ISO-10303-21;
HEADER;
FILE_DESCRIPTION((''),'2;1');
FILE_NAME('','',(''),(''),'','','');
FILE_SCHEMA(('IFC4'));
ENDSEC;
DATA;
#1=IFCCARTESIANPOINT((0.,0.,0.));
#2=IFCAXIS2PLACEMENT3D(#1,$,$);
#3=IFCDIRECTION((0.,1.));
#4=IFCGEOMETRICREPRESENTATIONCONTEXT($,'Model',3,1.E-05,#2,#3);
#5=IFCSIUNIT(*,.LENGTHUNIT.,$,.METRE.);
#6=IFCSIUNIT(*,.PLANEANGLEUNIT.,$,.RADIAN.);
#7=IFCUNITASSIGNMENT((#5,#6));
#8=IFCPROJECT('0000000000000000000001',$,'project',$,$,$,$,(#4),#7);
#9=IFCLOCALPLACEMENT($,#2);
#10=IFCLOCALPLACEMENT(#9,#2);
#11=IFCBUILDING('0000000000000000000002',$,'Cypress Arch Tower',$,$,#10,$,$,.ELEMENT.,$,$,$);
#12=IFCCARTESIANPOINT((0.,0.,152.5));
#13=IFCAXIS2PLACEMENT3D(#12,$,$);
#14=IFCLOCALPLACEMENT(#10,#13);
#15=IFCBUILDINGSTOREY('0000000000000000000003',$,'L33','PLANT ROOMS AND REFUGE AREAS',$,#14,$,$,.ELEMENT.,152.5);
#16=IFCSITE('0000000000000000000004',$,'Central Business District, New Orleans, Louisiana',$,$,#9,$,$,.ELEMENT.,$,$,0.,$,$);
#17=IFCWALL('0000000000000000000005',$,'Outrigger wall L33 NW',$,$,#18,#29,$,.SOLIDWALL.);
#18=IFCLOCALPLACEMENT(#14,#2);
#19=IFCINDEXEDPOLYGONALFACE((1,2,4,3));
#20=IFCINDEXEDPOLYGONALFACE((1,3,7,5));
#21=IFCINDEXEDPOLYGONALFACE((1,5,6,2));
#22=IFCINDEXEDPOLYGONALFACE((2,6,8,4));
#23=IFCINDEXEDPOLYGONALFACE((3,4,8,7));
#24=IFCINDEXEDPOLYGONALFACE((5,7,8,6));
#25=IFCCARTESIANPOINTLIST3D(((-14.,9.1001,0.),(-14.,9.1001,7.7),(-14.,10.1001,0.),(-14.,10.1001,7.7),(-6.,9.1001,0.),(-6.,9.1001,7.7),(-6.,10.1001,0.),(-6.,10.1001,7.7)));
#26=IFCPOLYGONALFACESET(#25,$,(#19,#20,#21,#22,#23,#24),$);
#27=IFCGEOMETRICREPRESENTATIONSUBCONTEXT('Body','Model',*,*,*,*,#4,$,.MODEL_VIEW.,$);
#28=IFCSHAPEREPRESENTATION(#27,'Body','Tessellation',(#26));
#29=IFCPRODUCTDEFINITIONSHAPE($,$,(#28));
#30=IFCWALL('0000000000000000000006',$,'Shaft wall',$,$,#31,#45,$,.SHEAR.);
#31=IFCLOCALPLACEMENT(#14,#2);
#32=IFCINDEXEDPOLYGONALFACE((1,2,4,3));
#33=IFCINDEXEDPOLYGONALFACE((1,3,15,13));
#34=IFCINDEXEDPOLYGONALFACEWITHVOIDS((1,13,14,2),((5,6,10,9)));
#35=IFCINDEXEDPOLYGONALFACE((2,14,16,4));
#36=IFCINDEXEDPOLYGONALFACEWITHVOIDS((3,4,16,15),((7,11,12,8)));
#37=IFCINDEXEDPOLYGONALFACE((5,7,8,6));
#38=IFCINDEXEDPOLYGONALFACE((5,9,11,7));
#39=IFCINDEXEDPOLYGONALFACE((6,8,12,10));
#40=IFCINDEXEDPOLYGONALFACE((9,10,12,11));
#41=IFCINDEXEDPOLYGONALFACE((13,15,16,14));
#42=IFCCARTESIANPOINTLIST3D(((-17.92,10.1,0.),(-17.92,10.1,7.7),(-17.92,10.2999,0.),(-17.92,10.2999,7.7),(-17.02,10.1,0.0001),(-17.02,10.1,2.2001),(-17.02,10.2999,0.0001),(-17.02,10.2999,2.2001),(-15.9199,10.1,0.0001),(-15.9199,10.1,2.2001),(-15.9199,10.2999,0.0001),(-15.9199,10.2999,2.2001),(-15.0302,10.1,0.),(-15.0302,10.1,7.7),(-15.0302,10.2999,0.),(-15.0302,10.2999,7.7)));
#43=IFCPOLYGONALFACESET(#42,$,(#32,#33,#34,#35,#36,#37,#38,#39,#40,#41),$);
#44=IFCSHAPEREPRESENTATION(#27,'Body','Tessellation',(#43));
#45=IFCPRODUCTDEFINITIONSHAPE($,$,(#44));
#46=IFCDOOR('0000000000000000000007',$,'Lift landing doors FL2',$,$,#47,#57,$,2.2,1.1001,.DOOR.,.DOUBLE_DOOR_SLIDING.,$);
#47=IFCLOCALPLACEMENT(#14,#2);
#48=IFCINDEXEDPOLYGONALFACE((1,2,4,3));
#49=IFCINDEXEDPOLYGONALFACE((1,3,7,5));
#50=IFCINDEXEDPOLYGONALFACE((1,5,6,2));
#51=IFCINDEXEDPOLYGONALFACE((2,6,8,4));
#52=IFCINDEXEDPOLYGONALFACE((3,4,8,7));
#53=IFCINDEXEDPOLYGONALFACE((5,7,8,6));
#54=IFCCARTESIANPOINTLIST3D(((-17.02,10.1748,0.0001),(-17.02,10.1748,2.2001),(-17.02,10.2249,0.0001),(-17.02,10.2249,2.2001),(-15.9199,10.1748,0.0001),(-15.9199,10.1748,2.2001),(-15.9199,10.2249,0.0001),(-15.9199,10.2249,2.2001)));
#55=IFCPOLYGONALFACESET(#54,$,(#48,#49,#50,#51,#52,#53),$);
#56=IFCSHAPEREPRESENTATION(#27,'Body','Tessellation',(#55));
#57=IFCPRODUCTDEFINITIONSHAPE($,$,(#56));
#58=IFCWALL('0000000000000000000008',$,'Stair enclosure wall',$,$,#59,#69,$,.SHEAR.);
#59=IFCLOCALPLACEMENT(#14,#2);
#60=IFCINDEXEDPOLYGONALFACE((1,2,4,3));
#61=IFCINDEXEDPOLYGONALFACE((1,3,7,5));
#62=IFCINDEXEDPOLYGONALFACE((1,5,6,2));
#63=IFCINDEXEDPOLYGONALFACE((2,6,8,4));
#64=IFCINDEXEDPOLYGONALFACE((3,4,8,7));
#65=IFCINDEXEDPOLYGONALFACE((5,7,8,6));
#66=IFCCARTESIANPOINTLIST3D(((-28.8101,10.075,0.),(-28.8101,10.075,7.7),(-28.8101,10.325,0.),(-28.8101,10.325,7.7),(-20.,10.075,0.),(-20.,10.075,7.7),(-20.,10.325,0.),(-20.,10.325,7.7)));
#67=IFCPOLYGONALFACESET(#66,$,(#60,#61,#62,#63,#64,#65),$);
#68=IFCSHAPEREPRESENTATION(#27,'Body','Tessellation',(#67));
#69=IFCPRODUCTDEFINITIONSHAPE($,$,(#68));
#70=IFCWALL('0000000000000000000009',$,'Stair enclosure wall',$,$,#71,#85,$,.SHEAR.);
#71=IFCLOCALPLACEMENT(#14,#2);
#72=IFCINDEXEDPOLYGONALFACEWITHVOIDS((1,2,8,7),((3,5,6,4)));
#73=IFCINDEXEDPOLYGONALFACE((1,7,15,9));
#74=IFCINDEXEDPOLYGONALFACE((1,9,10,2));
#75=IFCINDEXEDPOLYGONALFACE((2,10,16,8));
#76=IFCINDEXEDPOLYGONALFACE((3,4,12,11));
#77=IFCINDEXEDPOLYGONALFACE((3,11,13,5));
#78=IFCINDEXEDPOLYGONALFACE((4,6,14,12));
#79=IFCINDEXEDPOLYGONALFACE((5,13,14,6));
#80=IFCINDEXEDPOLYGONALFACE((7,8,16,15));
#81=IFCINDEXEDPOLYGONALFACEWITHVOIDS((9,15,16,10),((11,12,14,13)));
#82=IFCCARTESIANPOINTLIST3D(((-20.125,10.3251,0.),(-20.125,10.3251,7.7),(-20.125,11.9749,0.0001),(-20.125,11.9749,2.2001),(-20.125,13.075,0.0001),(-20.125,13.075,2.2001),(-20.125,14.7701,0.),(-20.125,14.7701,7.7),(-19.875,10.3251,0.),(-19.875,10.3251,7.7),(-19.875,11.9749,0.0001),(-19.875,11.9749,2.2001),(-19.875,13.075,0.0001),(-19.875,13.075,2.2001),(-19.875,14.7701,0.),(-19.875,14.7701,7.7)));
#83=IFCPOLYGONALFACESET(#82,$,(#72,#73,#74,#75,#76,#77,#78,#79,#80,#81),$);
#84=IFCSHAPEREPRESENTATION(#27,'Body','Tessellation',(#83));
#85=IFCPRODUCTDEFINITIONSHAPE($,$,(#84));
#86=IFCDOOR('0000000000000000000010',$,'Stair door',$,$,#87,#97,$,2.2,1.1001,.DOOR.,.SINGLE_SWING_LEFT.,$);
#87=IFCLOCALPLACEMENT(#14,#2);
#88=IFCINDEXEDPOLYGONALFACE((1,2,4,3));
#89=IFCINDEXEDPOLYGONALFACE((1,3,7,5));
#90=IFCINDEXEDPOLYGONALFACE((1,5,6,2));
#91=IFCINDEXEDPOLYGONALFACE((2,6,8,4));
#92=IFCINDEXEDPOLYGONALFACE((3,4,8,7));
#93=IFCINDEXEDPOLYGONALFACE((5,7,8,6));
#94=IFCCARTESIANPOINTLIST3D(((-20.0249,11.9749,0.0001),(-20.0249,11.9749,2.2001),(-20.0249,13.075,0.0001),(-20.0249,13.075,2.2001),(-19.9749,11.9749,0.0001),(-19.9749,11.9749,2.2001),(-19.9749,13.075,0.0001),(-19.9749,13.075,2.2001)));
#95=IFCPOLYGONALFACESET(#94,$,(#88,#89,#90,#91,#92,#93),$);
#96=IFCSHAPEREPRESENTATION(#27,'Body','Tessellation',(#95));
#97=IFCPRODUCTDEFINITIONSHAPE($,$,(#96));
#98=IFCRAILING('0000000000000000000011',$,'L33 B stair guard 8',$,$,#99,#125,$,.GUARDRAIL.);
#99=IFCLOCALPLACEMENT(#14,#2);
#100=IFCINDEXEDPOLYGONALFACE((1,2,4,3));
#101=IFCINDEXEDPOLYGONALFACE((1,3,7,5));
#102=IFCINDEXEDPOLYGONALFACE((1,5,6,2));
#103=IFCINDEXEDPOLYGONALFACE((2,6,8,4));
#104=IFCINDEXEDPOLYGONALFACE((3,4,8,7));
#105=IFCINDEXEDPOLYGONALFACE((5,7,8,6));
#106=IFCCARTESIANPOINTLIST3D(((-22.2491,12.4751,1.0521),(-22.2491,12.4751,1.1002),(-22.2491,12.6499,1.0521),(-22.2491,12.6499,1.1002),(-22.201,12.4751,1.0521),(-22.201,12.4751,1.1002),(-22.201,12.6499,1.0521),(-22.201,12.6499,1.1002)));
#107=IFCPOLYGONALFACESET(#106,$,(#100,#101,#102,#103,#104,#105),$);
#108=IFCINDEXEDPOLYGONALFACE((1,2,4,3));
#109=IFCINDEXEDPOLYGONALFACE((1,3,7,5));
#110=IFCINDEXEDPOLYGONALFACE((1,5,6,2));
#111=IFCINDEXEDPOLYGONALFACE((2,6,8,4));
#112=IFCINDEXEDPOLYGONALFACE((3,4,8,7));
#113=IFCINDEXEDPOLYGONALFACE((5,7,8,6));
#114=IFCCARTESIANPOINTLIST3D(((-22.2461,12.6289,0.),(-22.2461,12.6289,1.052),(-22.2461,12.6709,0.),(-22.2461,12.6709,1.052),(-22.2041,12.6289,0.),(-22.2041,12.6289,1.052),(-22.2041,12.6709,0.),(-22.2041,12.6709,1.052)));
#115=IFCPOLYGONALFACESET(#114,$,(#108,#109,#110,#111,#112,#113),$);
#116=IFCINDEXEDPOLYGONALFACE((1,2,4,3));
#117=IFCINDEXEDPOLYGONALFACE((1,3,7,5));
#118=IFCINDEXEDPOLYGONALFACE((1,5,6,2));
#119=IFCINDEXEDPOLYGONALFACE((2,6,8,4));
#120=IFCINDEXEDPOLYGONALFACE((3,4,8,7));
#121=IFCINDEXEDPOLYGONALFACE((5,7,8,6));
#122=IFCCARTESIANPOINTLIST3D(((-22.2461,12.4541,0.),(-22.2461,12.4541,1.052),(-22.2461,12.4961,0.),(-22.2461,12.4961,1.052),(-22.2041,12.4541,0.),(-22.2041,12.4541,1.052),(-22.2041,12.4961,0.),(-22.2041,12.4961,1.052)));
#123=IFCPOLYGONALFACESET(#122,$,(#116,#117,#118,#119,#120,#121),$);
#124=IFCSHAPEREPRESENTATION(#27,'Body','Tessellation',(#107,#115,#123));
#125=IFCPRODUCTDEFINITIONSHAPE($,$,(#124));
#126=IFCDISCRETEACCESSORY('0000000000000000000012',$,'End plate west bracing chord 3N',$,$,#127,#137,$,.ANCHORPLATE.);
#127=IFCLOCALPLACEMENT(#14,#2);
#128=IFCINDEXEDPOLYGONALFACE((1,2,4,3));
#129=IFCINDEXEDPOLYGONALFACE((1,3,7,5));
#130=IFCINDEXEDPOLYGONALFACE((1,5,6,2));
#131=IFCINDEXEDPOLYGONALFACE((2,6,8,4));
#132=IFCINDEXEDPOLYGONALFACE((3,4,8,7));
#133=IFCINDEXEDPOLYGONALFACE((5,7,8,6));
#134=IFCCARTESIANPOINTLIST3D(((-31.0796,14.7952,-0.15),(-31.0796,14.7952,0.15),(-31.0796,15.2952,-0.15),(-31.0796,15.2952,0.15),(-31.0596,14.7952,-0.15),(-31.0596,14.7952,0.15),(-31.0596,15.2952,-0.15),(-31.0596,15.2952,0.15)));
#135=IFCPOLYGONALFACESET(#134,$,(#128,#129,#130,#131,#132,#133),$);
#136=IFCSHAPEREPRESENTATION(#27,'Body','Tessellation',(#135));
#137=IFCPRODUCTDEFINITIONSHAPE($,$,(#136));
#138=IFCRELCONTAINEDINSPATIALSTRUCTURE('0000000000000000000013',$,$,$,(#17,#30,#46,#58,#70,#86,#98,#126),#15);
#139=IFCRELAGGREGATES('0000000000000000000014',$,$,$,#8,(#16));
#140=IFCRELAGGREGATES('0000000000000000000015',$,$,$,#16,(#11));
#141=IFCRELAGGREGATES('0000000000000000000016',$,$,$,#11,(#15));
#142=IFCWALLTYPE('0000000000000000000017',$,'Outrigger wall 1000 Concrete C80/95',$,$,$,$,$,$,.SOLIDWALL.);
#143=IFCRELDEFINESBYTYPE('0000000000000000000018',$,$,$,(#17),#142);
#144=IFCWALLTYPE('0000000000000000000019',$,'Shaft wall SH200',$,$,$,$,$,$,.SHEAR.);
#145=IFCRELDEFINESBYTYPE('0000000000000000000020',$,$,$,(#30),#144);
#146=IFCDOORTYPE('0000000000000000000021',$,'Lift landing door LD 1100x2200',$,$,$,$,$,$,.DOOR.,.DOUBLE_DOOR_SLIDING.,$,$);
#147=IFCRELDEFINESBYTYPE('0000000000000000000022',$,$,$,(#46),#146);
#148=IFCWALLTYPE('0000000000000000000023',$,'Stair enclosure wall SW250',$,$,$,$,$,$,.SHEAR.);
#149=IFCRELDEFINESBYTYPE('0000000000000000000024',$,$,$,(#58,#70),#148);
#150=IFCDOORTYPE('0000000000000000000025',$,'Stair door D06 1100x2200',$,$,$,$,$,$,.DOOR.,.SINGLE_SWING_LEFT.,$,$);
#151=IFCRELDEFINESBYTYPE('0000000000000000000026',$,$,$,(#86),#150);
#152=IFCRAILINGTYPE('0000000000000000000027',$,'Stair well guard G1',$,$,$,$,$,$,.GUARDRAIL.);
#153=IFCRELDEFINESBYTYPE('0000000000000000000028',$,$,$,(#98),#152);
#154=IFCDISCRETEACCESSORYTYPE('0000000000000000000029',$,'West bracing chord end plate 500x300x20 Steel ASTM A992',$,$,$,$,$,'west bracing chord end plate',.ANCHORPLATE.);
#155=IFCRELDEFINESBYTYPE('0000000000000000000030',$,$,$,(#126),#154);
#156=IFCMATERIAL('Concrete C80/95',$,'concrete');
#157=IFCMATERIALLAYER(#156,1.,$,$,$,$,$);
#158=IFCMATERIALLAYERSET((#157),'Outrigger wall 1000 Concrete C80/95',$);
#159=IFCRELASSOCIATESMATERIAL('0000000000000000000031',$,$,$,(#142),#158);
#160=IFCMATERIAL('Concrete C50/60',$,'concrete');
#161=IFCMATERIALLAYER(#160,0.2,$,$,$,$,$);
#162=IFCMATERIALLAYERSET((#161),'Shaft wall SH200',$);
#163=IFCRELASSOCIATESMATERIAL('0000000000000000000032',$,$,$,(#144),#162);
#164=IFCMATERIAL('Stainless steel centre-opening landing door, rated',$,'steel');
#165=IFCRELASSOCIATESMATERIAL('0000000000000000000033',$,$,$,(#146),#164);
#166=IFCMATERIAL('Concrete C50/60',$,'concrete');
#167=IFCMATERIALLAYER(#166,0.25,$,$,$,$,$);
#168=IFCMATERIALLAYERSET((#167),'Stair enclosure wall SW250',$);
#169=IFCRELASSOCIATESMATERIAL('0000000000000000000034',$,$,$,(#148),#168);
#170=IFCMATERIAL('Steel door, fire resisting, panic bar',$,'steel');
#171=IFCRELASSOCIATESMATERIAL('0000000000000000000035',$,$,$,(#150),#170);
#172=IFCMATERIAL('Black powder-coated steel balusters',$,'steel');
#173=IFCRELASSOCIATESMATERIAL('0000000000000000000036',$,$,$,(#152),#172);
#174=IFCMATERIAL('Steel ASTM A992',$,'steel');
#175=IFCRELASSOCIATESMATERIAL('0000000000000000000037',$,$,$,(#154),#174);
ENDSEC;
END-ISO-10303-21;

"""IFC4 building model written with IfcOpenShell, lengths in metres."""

from ifc_helpers import new_model, si_unit, direction, frame, frame_2d, origin, origin_2d, place, context, subcontext, project, spatial, rectangle, extrude, material, layer, layer_set, material_profile, profile_set, type_object, element, fill, save


model = new_model("IFC4")

# Units and contexts
model_context = context("Model", 3, precision=1e-05, world=origin(), true_north=direction((0.0, 1.0)))
body_context = subcontext(model_context, "Body", "Model", "MODEL_VIEW")
ifc_project = project(units=[si_unit("LENGTHUNIT", "METRE"), si_unit("PLANEANGLEUNIT", "RADIAN")], contexts=[model_context])

# Site, building, storey
site_placement = place(None, origin())
site = spatial("IfcSite", under=ifc_project, at=site_placement, Name="Central Business District, New Orleans, Louisiana", CompositionType="ELEMENT", RefElevation=0.0)
building_placement = place(site_placement, origin())
building = spatial("IfcBuilding", under=site, at=building_placement, Name="Cypress Arch Tower", CompositionType="ELEMENT")
storey_placement = place(building_placement, frame((0.0, 0.0, 152.5)))
storey = spatial("IfcBuildingStorey", under=building, at=storey_placement, Name="L33", Description="PLANT ROOMS AND REFUGE AREAS", CompositionType="ELEMENT", Elevation=152.5)

# Wall
ifc_material_1 = material(Name="Concrete C80/95", Category="concrete")
ifc_layer_1 = layer(ifc_material_1, 1.0)
ifc_layer_set_1 = layer_set([ifc_layer_1], Name="Outrigger wall 1000 Concrete C80/95")
wall_type_1 = type_object("IfcWallType", Name="Outrigger wall 1000 Concrete C80/95", PredefinedType="SOLIDWALL", material=ifc_layer_set_1)
wall_1_placement = place(storey_placement, frame((-14.0, 9.6001, 0.0), z_axis=(0.0, 0.0, 1.0), x_axis=(1.0, 0.0, 0.0)))
element("IfcWall", 1, at=wall_1_placement, inside=storey, type_object=wall_type_1, Name="Outrigger wall L33 NW", PredefinedType="SOLIDWALL", context=body_context, shape_type="SweptSolid", body=[
    extrude(rectangle(XDim=8.0, YDim=1.0, at=frame_2d((4.0, 0.0))), origin(), (0.0, 0.0, 1.0), 7.7),
])

# Wall, opening, door
ifc_material_2 = material(Name="Concrete C50/60", Category="concrete")
ifc_layer_2 = layer(ifc_material_2, 0.2)
ifc_layer_set_2 = layer_set([ifc_layer_2], Name="Shaft wall SH200")
wall_type_2 = type_object("IfcWallType", Name="Shaft wall SH200", PredefinedType="SHEAR", material=ifc_layer_set_2)
wall_2_placement = place(storey_placement, frame((-17.9199, 10.2, 0.0), z_axis=(0.0, 0.0, 1.0), x_axis=(1.0, 0.0, 0.0)))
wall_2 = element("IfcWall", 2, at=wall_2_placement, inside=storey, type_object=wall_type_2, Name="Shaft wall", PredefinedType="SHEAR", context=body_context, shape_type="SweptSolid", body=[
    extrude(rectangle(XDim=2.8899, YDim=0.2, at=frame_2d((1.4448, 0.0))), origin(), (0.0, 0.0, 1.0), 7.7),
])
opening_1_placement = place(wall_2_placement, frame((0.8999, 0.0, 0.0)))
opening_1 = element("IfcOpeningElement", 3, at=opening_1_placement, cuts=wall_2, PredefinedType="OPENING", context=body_context, shape_type="SweptSolid", body=[
    extrude(rectangle(XDim=1.1001, YDim=2.2, at=frame_2d((0.55, 1.1001))), frame((0.0, 0.1099, 0.0), z_axis=(0.0, -1.0, 0.0), x_axis=(1.0, 0.0, 0.0)), (0.0, 0.0, 1.0), 0.22),
])
ifc_material_3 = material(Name="Stainless steel centre-opening landing door, rated", Category="steel")
door_type_1 = type_object("IfcDoorType", Name="Lift landing door LD 1100x2200", OperationType="DOUBLE_DOOR_SLIDING", PredefinedType="DOOR", material=ifc_material_3)
door_1_placement = place(opening_1_placement, origin())
door_1 = element("IfcDoor", 4, at=door_1_placement, inside=storey, type_object=door_type_1, Name="Lift landing doors FL2", OperationType="DOUBLE_DOOR_SLIDING", OverallHeight=2.2, OverallWidth=1.1001, PredefinedType="DOOR", context=body_context, shape_type="SweptSolid", body=[
    extrude(rectangle(XDim=1.1001, YDim=2.2, at=frame_2d((0.55, 1.1001))), frame((0.0, 0.0249, 0.0), z_axis=(0.0, -1.0, 0.0), x_axis=(1.0, 0.0, 0.0)), (0.0, 0.0, 1.0), 0.05),
])
fill(opening_1, door_1)

# Wall
ifc_material_4 = material(Name="Concrete C50/60", Category="concrete")
ifc_layer_3 = layer(ifc_material_4, 0.25)
ifc_layer_set_3 = layer_set([ifc_layer_3], Name="Stair enclosure wall SW250")
wall_type_3 = type_object("IfcWallType", Name="Stair enclosure wall SW250", PredefinedType="SHEAR", material=ifc_layer_set_3)
wall_3_placement = place(storey_placement, frame((-28.8101, 10.2, 0.0), z_axis=(0.0, 0.0, 1.0), x_axis=(1.0, 0.0, 0.0)))
element("IfcWall", 5, at=wall_3_placement, inside=storey, type_object=wall_type_3, Name="Stair enclosure wall", PredefinedType="SHEAR", context=body_context, shape_type="SweptSolid", body=[
    extrude(rectangle(XDim=8.8101, YDim=0.25, at=frame_2d((4.405, 0.0))), origin(), (0.0, 0.0, 1.0), 7.7),
])

# Wall, opening, door
wall_4_placement = place(storey_placement, frame((-20.0, 10.325, 0.0), z_axis=(0.0, 0.0, 1.0), x_axis=(0.0, 1.0, 0.0)))
wall_4 = element("IfcWall", 6, at=wall_4_placement, inside=storey, type_object=wall_type_3, Name="Stair enclosure wall", PredefinedType="SHEAR", context=body_context, shape_type="SweptSolid", body=[
    extrude(rectangle(XDim=4.4451, YDim=0.25, at=frame_2d((2.2227, 0.0))), origin(), (0.0, 0.0, 1.0), 7.7),
])
opening_2_placement = place(wall_4_placement, frame((1.6499, 0.0, 0.0)))
opening_2 = element("IfcOpeningElement", 7, at=opening_2_placement, cuts=wall_4, PredefinedType="OPENING", context=body_context, shape_type="SweptSolid", body=[
    extrude(rectangle(XDim=1.1001, YDim=2.2, at=frame_2d((0.55, 1.1001))), frame((0.0, 0.135, 0.0), z_axis=(0.0, -1.0, 0.0), x_axis=(1.0, 0.0, 0.0)), (0.0, 0.0, 1.0), 0.27),
])
ifc_material_5 = material(Name="Steel door, fire resisting, panic bar", Category="steel")
door_type_2 = type_object("IfcDoorType", Name="Stair door D06 1100x2200", OperationType="SINGLE_SWING_LEFT", PredefinedType="DOOR", material=ifc_material_5)
door_2_placement = place(opening_2_placement, origin())
door_2 = element("IfcDoor", 8, at=door_2_placement, inside=storey, type_object=door_type_2, Name="Stair door", OperationType="SINGLE_SWING_LEFT", OverallHeight=2.2, OverallWidth=1.1001, PredefinedType="DOOR", context=body_context, shape_type="SweptSolid", body=[
    extrude(rectangle(XDim=1.1001, YDim=2.2, at=frame_2d((0.55, 1.1001))), frame((0.0, 0.0249, 0.0), z_axis=(0.0, -1.0, 0.0), x_axis=(1.0, 0.0, 0.0)), (0.0, 0.0, 1.0), 0.05),
])
fill(opening_2, door_2)

# Railing
ifc_material_6 = material(Name="Black powder-coated steel balusters", Category="steel")
railing_type = type_object("IfcRailingType", Name="Stair well guard G1", PredefinedType="GUARDRAIL", material=ifc_material_6)
railing_placement = place(storey_placement, frame((-22.2251, 12.6499, 0.0)))
element("IfcRailing", 9, at=railing_placement, inside=storey, type_object=railing_type, Name="L33 B stair guard 8", PredefinedType="GUARDRAIL", context=body_context, shape_type="SweptSolid", body=[
    extrude(rectangle(XDim=0.0481, YDim=0.0481, at=origin_2d()), frame((0.0, 0.0, 1.0762), z_axis=(0.0, -1.0, 0.0), x_axis=(1.0, 0.0, 0.0)), (0.0, 0.0, 1.0), 0.1748),
    extrude(rectangle(XDim=0.042, YDim=0.042, at=origin_2d()), origin(), (0.0, 0.0, 1.0), 1.052),
    extrude(rectangle(XDim=0.042, YDim=0.042, at=origin_2d()), frame((0.0, -0.1748, 0.0)), (0.0, 0.0, 1.0), 1.052),
])

# Discrete accessory
ifc_material_7 = material(Name="Steel ASTM A992", Category="steel")
ifc_material_profile_1 = material_profile(ifc_material_7, rectangle(XDim=0.5, YDim=0.3, at=origin_2d()), Name="PL 20 500x300")
ifc_profile_set_1 = profile_set([ifc_material_profile_1], Name="Steel ASTM A992")
discrete_accessory_type = type_object("IfcDiscreteAccessoryType", Name="West bracing chord end plate 500x300x20 Steel ASTM A992", ElementType="west bracing chord end plate", PredefinedType="ANCHORPLATE", material=ifc_profile_set_1)
discrete_accessory_placement = place(storey_placement, frame((-31.0596, 15.0452, 0.0), z_axis=(-1.0, 0.0, 0.0), x_axis=(0.0, -1.0, 0.0)))
element("IfcDiscreteAccessory", 10, at=discrete_accessory_placement, inside=storey, type_object=discrete_accessory_type, Name="End plate west bracing chord 3N", PredefinedType="ANCHORPLATE", context=body_context, shape_type="SweptSolid", body=[
    extrude(rectangle(XDim=0.5, YDim=0.3, at=origin_2d()), origin(), (0.0, 0.0, 1.0), 0.02),
])

save(model, "model.ifc")
